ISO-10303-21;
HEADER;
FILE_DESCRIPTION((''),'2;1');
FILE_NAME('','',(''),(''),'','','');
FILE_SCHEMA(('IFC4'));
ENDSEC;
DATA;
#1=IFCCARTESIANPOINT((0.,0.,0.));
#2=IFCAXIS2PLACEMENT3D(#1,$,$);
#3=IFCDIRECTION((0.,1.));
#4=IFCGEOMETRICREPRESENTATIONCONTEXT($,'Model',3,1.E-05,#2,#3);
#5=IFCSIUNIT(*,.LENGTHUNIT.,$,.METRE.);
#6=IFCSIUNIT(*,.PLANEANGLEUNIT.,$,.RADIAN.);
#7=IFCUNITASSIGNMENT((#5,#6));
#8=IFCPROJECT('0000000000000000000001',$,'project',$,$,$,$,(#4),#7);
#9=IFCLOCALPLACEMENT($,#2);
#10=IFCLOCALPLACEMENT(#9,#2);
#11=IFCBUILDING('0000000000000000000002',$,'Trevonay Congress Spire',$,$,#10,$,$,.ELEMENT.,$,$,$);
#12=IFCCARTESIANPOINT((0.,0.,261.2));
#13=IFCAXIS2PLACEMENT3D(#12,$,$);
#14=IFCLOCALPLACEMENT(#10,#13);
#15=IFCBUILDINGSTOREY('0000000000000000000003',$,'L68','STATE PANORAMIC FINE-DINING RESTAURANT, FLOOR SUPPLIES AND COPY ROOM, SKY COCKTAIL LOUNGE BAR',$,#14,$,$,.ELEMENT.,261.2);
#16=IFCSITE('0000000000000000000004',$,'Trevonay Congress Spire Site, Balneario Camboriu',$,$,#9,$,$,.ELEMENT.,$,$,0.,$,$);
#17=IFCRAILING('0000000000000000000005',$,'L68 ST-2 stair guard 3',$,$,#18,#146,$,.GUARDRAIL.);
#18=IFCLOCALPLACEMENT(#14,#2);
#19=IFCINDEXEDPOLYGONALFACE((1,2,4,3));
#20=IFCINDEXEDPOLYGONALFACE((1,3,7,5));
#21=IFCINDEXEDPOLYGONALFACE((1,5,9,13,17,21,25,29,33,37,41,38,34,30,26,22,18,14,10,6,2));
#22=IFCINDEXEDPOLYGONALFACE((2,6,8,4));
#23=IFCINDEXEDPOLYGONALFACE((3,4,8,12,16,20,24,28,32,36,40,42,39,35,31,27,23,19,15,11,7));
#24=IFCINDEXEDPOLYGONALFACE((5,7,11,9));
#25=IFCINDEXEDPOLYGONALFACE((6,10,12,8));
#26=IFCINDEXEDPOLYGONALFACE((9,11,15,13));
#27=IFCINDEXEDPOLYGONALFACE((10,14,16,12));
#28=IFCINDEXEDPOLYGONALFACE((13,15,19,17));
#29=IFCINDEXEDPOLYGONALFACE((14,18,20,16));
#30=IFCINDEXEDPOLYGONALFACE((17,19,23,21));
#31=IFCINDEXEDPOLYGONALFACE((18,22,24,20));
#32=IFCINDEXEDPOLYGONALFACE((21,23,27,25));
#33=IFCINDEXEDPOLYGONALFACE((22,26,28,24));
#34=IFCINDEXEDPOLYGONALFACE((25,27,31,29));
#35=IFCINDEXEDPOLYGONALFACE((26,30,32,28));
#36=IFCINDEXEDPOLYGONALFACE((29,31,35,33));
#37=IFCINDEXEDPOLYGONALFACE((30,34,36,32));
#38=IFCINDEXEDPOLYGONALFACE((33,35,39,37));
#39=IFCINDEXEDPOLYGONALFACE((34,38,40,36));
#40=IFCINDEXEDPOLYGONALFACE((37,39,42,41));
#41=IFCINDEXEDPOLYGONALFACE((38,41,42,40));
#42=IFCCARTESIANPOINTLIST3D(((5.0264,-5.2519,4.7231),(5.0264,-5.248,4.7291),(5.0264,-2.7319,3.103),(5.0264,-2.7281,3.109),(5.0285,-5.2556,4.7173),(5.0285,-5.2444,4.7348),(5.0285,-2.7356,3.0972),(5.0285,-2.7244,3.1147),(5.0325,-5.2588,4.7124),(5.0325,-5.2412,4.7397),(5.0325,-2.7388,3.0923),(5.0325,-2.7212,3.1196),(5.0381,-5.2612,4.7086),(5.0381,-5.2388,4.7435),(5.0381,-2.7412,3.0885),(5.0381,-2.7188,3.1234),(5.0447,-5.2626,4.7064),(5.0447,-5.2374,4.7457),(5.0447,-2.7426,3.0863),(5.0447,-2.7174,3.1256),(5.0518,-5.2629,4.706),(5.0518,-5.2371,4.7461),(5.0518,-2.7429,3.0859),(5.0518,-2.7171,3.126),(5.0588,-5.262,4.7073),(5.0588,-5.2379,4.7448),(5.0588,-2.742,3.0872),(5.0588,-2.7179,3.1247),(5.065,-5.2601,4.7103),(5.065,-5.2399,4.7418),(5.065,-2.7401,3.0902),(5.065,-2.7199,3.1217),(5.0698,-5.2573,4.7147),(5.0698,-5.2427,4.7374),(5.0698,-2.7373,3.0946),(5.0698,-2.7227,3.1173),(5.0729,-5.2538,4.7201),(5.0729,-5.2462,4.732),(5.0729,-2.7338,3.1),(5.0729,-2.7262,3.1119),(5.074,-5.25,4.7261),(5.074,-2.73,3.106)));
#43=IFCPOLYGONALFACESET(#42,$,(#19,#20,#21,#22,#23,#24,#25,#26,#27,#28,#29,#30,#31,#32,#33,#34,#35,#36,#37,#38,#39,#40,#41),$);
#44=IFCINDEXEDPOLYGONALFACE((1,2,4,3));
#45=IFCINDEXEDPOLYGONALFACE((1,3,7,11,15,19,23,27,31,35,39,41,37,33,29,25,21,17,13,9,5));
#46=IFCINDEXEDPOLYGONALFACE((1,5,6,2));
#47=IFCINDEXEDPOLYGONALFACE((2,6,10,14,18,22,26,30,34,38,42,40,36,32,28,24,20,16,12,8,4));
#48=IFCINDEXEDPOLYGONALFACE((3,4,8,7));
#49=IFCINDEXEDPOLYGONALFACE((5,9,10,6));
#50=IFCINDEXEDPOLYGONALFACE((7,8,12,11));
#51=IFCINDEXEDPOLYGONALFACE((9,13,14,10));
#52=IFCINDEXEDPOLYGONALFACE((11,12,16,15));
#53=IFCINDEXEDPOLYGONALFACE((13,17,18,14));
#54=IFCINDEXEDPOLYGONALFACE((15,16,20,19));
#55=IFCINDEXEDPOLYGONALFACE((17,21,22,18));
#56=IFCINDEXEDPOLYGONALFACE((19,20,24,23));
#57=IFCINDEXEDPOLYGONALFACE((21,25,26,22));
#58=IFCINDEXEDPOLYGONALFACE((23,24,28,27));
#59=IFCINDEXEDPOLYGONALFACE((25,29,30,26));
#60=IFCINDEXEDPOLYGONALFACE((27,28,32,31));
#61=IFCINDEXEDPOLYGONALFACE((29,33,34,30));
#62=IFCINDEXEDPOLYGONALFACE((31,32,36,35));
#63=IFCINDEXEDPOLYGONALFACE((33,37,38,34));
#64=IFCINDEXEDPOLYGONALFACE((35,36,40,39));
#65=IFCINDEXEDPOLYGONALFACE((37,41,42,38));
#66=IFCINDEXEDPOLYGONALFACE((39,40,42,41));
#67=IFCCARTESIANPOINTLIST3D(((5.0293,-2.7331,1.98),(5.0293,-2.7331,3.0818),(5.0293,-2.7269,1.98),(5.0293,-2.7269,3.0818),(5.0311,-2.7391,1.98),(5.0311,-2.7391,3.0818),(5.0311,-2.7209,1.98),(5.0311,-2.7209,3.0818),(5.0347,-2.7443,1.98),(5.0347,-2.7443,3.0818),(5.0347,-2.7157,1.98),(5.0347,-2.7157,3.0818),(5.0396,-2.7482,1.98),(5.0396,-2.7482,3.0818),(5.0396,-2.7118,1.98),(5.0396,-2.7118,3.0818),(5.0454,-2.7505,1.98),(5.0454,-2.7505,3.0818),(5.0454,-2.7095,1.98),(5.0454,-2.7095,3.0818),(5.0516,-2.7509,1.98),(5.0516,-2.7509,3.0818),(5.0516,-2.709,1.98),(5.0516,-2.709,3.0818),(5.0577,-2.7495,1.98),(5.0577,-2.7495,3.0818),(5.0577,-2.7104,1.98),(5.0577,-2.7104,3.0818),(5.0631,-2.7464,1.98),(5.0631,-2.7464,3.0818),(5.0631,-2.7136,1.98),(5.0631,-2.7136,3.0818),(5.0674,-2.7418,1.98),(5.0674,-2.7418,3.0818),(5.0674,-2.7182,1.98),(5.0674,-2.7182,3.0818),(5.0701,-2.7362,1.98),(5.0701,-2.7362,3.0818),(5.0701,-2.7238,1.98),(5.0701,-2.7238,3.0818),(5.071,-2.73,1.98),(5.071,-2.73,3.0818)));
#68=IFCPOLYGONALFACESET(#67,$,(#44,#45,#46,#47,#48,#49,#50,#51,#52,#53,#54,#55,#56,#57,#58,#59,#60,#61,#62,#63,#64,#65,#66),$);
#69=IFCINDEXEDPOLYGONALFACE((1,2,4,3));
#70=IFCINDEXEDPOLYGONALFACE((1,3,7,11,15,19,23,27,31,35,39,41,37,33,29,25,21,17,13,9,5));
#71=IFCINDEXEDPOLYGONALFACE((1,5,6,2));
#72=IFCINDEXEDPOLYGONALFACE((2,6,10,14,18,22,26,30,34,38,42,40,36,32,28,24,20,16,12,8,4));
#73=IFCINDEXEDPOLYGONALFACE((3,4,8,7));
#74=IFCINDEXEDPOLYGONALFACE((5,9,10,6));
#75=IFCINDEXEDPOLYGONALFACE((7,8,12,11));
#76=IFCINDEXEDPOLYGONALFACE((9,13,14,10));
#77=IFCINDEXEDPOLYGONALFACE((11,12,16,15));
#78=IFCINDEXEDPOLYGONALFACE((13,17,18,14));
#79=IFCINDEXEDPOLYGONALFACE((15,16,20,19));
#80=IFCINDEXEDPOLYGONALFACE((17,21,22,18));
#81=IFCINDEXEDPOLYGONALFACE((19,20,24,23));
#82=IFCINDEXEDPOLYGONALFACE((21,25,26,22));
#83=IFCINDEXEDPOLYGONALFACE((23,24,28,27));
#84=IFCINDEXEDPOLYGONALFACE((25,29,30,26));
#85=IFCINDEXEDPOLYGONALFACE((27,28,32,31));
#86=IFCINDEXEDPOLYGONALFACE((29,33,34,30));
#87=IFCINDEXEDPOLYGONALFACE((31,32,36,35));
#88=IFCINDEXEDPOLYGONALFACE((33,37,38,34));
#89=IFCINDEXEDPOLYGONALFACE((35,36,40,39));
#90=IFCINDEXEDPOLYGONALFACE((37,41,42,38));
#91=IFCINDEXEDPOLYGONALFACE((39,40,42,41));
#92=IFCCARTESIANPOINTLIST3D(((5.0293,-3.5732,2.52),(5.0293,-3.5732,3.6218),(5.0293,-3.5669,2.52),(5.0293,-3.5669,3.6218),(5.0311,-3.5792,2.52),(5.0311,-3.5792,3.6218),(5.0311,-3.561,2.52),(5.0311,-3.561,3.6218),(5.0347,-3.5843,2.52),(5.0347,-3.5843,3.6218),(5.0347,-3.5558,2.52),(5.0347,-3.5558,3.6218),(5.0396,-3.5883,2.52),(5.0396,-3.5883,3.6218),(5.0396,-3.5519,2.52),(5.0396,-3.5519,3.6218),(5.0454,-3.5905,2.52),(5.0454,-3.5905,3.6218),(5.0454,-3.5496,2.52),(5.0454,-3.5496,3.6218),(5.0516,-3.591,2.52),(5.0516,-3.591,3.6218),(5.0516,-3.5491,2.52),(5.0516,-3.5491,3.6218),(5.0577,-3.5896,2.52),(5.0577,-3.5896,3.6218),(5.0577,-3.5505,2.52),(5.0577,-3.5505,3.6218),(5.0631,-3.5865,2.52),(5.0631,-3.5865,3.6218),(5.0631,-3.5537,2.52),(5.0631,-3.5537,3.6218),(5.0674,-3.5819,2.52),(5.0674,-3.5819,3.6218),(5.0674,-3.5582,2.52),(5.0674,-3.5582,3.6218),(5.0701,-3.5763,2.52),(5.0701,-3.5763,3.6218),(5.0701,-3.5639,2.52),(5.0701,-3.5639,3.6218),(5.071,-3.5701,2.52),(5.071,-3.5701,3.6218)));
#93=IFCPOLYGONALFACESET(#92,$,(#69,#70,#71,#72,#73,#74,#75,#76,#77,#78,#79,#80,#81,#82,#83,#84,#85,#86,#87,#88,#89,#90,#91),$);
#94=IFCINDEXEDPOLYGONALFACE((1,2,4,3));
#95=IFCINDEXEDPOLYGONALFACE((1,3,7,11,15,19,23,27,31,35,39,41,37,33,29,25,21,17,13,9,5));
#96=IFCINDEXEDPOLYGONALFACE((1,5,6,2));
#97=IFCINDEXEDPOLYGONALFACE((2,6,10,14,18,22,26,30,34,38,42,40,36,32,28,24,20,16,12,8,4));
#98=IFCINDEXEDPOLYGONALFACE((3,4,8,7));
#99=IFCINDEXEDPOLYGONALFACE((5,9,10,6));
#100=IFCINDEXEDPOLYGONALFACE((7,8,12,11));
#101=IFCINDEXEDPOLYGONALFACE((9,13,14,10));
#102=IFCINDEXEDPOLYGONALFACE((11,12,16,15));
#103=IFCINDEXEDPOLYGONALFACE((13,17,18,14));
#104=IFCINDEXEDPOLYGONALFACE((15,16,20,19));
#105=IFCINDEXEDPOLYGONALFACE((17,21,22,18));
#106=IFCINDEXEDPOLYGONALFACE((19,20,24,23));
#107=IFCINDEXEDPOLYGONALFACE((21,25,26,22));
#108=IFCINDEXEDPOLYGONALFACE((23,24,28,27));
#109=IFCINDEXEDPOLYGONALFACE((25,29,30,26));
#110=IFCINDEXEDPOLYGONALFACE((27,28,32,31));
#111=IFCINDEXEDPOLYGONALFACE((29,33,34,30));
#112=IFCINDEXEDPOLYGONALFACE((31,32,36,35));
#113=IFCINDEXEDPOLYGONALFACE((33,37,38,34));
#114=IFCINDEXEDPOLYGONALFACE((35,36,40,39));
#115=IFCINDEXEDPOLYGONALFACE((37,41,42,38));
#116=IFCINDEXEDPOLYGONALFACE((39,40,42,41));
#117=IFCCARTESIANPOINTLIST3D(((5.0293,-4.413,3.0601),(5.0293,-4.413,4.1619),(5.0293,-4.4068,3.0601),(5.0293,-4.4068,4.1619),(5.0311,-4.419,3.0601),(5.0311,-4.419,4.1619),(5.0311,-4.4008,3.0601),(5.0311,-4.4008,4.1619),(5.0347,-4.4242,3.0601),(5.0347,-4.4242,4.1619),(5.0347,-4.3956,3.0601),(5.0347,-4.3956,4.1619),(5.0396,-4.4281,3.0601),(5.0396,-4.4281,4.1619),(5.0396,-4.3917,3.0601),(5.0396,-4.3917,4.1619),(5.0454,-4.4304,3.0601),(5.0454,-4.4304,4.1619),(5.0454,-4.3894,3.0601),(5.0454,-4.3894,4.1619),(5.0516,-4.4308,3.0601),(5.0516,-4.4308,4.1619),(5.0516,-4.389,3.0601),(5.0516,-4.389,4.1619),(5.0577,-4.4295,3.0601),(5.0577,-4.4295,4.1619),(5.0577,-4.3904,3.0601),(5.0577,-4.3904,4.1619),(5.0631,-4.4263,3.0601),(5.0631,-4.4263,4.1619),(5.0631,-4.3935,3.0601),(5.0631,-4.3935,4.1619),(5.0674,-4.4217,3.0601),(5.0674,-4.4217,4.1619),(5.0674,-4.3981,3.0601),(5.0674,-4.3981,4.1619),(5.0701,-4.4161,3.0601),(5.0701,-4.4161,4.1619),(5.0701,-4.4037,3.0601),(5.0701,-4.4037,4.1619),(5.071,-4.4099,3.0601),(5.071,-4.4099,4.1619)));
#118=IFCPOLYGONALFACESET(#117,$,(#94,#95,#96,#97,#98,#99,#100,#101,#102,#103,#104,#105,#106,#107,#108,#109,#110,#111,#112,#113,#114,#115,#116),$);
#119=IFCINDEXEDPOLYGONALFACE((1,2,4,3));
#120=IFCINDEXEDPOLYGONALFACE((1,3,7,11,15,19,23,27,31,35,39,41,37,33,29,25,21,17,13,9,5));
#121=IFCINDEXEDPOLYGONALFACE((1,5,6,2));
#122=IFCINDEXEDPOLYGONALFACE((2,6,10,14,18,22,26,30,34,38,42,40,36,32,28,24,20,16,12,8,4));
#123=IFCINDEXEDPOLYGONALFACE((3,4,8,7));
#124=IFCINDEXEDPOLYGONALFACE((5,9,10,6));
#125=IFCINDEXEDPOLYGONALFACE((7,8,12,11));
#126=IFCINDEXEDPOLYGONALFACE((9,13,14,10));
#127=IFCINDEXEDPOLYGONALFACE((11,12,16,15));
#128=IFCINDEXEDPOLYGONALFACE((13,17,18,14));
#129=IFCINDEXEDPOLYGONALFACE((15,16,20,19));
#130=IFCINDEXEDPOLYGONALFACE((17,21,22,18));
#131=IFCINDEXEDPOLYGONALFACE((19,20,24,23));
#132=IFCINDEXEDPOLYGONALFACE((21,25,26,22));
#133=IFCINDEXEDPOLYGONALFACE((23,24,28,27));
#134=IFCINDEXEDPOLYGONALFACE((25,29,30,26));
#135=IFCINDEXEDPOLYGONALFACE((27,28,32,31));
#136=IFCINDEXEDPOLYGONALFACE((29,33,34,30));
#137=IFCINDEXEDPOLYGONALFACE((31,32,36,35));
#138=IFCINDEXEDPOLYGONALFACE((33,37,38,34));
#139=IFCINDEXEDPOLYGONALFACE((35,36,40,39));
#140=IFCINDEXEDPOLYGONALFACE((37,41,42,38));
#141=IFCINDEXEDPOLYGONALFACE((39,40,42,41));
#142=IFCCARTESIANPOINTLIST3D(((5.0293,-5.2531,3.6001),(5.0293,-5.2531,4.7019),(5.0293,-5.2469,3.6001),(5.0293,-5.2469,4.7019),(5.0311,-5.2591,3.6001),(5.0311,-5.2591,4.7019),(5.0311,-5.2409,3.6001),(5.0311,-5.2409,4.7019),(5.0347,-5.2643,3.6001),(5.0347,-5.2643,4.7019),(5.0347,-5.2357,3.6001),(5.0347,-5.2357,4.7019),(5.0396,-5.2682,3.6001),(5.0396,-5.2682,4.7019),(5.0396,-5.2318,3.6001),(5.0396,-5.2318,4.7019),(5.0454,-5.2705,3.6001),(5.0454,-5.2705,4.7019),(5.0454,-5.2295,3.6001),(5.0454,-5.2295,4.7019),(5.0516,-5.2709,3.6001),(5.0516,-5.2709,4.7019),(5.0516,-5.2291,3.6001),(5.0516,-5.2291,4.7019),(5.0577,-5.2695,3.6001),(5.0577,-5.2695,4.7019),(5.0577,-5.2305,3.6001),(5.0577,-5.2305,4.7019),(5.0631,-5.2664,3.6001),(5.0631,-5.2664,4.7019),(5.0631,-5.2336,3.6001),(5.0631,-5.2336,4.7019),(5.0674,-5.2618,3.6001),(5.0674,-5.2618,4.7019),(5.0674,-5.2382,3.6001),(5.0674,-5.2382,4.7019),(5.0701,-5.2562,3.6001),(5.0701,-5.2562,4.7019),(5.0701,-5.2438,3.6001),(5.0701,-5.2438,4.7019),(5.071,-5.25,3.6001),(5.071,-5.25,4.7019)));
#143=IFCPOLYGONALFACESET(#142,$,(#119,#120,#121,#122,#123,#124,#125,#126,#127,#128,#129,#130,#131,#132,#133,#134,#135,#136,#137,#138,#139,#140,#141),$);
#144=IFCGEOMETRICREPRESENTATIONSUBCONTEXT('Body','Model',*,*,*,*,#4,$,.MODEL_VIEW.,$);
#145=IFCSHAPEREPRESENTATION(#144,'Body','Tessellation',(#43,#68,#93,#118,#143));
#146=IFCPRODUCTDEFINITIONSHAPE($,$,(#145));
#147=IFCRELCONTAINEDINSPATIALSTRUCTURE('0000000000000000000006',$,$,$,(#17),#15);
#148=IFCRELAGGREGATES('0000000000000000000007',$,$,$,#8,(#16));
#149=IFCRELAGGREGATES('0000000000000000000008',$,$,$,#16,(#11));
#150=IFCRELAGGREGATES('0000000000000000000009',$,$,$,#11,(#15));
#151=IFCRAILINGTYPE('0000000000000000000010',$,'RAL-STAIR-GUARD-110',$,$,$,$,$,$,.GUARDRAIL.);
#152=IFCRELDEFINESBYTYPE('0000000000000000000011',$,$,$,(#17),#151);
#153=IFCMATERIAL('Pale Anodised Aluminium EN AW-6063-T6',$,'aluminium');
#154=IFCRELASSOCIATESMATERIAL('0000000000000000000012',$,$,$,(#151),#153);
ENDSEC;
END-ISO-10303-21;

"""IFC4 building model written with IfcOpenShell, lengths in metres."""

from ifc_helpers import new_model, si_unit, direction, frame, origin, origin_2d, place, context, subcontext, project, spatial, circle, extrude, material, type_object, element, save


model = new_model("IFC4")

# Units and contexts
model_context = context("Model", 3, precision=1e-05, world=origin(), true_north=direction((0.0, 1.0)))
body_context = subcontext(model_context, "Body", "Model", "MODEL_VIEW")
ifc_project = project(units=[si_unit("LENGTHUNIT", "METRE"), si_unit("PLANEANGLEUNIT", "RADIAN")], contexts=[model_context])

# Site, building, storey
site_placement = place(None, origin())
site = spatial("IfcSite", under=ifc_project, at=site_placement, Name="Trevonay Congress Spire Site, Balneario Camboriu", CompositionType="ELEMENT", RefElevation=0.0)
building_placement = place(site_placement, origin())
building = spatial("IfcBuilding", under=site, at=building_placement, Name="Trevonay Congress Spire", CompositionType="ELEMENT")
storey_placement = place(building_placement, frame((0.0, 0.0, 261.2)))
storey = spatial("IfcBuildingStorey", under=building, at=storey_placement, Name="L68", Description="STATE PANORAMIC FINE-DINING RESTAURANT, FLOOR SUPPLIES AND COPY ROOM, SKY COCKTAIL LOUNGE BAR", CompositionType="ELEMENT", Elevation=261.2)

# Shared definitions
ifc_material_1 = material(Name="Pale Anodised Aluminium EN AW-6063-T6", Category="aluminium")

# Railing
railing_type_1 = type_object("IfcRailingType", Name="RAL-STAIR-GUARD-110", PredefinedType="GUARDRAIL", material=ifc_material_1)
railing_1_placement = place(storey_placement, frame((5.05, -2.73, 1.98)))
element("IfcRailing", 1, at=railing_1_placement, inside=storey, type_object=railing_type_1, Name="L68 ST-2 stair guard 3", PredefinedType="GUARDRAIL", context=body_context, shape_type="SweptSolid", body=[
    extrude(circle(Radius=0.0239, at=origin_2d()), frame((0.0, 0.0, 1.126), z_axis=(0.0, -0.841163, 0.540782), x_axis=(1.0, 0.0, 0.0)), (0.0, 0.0, 1.0), 2.9958),
    extrude(circle(Radius=0.021, at=origin_2d()), origin(), (0.0, 0.0, 1.0), 1.1018),
    extrude(circle(Radius=0.021, at=origin_2d()), frame((0.0, -0.8401, 0.54)), (0.0, 0.0, 1.0), 1.1018),
    extrude(circle(Radius=0.021, at=origin_2d()), frame((0.0, -1.6799, 1.0801)), (0.0, 0.0, 1.0), 1.1018),
    extrude(circle(Radius=0.021, at=origin_2d()), frame((0.0, -2.52, 1.6201)), (0.0, 0.0, 1.0), 1.1018),
])

save(model, "model.ifc")
